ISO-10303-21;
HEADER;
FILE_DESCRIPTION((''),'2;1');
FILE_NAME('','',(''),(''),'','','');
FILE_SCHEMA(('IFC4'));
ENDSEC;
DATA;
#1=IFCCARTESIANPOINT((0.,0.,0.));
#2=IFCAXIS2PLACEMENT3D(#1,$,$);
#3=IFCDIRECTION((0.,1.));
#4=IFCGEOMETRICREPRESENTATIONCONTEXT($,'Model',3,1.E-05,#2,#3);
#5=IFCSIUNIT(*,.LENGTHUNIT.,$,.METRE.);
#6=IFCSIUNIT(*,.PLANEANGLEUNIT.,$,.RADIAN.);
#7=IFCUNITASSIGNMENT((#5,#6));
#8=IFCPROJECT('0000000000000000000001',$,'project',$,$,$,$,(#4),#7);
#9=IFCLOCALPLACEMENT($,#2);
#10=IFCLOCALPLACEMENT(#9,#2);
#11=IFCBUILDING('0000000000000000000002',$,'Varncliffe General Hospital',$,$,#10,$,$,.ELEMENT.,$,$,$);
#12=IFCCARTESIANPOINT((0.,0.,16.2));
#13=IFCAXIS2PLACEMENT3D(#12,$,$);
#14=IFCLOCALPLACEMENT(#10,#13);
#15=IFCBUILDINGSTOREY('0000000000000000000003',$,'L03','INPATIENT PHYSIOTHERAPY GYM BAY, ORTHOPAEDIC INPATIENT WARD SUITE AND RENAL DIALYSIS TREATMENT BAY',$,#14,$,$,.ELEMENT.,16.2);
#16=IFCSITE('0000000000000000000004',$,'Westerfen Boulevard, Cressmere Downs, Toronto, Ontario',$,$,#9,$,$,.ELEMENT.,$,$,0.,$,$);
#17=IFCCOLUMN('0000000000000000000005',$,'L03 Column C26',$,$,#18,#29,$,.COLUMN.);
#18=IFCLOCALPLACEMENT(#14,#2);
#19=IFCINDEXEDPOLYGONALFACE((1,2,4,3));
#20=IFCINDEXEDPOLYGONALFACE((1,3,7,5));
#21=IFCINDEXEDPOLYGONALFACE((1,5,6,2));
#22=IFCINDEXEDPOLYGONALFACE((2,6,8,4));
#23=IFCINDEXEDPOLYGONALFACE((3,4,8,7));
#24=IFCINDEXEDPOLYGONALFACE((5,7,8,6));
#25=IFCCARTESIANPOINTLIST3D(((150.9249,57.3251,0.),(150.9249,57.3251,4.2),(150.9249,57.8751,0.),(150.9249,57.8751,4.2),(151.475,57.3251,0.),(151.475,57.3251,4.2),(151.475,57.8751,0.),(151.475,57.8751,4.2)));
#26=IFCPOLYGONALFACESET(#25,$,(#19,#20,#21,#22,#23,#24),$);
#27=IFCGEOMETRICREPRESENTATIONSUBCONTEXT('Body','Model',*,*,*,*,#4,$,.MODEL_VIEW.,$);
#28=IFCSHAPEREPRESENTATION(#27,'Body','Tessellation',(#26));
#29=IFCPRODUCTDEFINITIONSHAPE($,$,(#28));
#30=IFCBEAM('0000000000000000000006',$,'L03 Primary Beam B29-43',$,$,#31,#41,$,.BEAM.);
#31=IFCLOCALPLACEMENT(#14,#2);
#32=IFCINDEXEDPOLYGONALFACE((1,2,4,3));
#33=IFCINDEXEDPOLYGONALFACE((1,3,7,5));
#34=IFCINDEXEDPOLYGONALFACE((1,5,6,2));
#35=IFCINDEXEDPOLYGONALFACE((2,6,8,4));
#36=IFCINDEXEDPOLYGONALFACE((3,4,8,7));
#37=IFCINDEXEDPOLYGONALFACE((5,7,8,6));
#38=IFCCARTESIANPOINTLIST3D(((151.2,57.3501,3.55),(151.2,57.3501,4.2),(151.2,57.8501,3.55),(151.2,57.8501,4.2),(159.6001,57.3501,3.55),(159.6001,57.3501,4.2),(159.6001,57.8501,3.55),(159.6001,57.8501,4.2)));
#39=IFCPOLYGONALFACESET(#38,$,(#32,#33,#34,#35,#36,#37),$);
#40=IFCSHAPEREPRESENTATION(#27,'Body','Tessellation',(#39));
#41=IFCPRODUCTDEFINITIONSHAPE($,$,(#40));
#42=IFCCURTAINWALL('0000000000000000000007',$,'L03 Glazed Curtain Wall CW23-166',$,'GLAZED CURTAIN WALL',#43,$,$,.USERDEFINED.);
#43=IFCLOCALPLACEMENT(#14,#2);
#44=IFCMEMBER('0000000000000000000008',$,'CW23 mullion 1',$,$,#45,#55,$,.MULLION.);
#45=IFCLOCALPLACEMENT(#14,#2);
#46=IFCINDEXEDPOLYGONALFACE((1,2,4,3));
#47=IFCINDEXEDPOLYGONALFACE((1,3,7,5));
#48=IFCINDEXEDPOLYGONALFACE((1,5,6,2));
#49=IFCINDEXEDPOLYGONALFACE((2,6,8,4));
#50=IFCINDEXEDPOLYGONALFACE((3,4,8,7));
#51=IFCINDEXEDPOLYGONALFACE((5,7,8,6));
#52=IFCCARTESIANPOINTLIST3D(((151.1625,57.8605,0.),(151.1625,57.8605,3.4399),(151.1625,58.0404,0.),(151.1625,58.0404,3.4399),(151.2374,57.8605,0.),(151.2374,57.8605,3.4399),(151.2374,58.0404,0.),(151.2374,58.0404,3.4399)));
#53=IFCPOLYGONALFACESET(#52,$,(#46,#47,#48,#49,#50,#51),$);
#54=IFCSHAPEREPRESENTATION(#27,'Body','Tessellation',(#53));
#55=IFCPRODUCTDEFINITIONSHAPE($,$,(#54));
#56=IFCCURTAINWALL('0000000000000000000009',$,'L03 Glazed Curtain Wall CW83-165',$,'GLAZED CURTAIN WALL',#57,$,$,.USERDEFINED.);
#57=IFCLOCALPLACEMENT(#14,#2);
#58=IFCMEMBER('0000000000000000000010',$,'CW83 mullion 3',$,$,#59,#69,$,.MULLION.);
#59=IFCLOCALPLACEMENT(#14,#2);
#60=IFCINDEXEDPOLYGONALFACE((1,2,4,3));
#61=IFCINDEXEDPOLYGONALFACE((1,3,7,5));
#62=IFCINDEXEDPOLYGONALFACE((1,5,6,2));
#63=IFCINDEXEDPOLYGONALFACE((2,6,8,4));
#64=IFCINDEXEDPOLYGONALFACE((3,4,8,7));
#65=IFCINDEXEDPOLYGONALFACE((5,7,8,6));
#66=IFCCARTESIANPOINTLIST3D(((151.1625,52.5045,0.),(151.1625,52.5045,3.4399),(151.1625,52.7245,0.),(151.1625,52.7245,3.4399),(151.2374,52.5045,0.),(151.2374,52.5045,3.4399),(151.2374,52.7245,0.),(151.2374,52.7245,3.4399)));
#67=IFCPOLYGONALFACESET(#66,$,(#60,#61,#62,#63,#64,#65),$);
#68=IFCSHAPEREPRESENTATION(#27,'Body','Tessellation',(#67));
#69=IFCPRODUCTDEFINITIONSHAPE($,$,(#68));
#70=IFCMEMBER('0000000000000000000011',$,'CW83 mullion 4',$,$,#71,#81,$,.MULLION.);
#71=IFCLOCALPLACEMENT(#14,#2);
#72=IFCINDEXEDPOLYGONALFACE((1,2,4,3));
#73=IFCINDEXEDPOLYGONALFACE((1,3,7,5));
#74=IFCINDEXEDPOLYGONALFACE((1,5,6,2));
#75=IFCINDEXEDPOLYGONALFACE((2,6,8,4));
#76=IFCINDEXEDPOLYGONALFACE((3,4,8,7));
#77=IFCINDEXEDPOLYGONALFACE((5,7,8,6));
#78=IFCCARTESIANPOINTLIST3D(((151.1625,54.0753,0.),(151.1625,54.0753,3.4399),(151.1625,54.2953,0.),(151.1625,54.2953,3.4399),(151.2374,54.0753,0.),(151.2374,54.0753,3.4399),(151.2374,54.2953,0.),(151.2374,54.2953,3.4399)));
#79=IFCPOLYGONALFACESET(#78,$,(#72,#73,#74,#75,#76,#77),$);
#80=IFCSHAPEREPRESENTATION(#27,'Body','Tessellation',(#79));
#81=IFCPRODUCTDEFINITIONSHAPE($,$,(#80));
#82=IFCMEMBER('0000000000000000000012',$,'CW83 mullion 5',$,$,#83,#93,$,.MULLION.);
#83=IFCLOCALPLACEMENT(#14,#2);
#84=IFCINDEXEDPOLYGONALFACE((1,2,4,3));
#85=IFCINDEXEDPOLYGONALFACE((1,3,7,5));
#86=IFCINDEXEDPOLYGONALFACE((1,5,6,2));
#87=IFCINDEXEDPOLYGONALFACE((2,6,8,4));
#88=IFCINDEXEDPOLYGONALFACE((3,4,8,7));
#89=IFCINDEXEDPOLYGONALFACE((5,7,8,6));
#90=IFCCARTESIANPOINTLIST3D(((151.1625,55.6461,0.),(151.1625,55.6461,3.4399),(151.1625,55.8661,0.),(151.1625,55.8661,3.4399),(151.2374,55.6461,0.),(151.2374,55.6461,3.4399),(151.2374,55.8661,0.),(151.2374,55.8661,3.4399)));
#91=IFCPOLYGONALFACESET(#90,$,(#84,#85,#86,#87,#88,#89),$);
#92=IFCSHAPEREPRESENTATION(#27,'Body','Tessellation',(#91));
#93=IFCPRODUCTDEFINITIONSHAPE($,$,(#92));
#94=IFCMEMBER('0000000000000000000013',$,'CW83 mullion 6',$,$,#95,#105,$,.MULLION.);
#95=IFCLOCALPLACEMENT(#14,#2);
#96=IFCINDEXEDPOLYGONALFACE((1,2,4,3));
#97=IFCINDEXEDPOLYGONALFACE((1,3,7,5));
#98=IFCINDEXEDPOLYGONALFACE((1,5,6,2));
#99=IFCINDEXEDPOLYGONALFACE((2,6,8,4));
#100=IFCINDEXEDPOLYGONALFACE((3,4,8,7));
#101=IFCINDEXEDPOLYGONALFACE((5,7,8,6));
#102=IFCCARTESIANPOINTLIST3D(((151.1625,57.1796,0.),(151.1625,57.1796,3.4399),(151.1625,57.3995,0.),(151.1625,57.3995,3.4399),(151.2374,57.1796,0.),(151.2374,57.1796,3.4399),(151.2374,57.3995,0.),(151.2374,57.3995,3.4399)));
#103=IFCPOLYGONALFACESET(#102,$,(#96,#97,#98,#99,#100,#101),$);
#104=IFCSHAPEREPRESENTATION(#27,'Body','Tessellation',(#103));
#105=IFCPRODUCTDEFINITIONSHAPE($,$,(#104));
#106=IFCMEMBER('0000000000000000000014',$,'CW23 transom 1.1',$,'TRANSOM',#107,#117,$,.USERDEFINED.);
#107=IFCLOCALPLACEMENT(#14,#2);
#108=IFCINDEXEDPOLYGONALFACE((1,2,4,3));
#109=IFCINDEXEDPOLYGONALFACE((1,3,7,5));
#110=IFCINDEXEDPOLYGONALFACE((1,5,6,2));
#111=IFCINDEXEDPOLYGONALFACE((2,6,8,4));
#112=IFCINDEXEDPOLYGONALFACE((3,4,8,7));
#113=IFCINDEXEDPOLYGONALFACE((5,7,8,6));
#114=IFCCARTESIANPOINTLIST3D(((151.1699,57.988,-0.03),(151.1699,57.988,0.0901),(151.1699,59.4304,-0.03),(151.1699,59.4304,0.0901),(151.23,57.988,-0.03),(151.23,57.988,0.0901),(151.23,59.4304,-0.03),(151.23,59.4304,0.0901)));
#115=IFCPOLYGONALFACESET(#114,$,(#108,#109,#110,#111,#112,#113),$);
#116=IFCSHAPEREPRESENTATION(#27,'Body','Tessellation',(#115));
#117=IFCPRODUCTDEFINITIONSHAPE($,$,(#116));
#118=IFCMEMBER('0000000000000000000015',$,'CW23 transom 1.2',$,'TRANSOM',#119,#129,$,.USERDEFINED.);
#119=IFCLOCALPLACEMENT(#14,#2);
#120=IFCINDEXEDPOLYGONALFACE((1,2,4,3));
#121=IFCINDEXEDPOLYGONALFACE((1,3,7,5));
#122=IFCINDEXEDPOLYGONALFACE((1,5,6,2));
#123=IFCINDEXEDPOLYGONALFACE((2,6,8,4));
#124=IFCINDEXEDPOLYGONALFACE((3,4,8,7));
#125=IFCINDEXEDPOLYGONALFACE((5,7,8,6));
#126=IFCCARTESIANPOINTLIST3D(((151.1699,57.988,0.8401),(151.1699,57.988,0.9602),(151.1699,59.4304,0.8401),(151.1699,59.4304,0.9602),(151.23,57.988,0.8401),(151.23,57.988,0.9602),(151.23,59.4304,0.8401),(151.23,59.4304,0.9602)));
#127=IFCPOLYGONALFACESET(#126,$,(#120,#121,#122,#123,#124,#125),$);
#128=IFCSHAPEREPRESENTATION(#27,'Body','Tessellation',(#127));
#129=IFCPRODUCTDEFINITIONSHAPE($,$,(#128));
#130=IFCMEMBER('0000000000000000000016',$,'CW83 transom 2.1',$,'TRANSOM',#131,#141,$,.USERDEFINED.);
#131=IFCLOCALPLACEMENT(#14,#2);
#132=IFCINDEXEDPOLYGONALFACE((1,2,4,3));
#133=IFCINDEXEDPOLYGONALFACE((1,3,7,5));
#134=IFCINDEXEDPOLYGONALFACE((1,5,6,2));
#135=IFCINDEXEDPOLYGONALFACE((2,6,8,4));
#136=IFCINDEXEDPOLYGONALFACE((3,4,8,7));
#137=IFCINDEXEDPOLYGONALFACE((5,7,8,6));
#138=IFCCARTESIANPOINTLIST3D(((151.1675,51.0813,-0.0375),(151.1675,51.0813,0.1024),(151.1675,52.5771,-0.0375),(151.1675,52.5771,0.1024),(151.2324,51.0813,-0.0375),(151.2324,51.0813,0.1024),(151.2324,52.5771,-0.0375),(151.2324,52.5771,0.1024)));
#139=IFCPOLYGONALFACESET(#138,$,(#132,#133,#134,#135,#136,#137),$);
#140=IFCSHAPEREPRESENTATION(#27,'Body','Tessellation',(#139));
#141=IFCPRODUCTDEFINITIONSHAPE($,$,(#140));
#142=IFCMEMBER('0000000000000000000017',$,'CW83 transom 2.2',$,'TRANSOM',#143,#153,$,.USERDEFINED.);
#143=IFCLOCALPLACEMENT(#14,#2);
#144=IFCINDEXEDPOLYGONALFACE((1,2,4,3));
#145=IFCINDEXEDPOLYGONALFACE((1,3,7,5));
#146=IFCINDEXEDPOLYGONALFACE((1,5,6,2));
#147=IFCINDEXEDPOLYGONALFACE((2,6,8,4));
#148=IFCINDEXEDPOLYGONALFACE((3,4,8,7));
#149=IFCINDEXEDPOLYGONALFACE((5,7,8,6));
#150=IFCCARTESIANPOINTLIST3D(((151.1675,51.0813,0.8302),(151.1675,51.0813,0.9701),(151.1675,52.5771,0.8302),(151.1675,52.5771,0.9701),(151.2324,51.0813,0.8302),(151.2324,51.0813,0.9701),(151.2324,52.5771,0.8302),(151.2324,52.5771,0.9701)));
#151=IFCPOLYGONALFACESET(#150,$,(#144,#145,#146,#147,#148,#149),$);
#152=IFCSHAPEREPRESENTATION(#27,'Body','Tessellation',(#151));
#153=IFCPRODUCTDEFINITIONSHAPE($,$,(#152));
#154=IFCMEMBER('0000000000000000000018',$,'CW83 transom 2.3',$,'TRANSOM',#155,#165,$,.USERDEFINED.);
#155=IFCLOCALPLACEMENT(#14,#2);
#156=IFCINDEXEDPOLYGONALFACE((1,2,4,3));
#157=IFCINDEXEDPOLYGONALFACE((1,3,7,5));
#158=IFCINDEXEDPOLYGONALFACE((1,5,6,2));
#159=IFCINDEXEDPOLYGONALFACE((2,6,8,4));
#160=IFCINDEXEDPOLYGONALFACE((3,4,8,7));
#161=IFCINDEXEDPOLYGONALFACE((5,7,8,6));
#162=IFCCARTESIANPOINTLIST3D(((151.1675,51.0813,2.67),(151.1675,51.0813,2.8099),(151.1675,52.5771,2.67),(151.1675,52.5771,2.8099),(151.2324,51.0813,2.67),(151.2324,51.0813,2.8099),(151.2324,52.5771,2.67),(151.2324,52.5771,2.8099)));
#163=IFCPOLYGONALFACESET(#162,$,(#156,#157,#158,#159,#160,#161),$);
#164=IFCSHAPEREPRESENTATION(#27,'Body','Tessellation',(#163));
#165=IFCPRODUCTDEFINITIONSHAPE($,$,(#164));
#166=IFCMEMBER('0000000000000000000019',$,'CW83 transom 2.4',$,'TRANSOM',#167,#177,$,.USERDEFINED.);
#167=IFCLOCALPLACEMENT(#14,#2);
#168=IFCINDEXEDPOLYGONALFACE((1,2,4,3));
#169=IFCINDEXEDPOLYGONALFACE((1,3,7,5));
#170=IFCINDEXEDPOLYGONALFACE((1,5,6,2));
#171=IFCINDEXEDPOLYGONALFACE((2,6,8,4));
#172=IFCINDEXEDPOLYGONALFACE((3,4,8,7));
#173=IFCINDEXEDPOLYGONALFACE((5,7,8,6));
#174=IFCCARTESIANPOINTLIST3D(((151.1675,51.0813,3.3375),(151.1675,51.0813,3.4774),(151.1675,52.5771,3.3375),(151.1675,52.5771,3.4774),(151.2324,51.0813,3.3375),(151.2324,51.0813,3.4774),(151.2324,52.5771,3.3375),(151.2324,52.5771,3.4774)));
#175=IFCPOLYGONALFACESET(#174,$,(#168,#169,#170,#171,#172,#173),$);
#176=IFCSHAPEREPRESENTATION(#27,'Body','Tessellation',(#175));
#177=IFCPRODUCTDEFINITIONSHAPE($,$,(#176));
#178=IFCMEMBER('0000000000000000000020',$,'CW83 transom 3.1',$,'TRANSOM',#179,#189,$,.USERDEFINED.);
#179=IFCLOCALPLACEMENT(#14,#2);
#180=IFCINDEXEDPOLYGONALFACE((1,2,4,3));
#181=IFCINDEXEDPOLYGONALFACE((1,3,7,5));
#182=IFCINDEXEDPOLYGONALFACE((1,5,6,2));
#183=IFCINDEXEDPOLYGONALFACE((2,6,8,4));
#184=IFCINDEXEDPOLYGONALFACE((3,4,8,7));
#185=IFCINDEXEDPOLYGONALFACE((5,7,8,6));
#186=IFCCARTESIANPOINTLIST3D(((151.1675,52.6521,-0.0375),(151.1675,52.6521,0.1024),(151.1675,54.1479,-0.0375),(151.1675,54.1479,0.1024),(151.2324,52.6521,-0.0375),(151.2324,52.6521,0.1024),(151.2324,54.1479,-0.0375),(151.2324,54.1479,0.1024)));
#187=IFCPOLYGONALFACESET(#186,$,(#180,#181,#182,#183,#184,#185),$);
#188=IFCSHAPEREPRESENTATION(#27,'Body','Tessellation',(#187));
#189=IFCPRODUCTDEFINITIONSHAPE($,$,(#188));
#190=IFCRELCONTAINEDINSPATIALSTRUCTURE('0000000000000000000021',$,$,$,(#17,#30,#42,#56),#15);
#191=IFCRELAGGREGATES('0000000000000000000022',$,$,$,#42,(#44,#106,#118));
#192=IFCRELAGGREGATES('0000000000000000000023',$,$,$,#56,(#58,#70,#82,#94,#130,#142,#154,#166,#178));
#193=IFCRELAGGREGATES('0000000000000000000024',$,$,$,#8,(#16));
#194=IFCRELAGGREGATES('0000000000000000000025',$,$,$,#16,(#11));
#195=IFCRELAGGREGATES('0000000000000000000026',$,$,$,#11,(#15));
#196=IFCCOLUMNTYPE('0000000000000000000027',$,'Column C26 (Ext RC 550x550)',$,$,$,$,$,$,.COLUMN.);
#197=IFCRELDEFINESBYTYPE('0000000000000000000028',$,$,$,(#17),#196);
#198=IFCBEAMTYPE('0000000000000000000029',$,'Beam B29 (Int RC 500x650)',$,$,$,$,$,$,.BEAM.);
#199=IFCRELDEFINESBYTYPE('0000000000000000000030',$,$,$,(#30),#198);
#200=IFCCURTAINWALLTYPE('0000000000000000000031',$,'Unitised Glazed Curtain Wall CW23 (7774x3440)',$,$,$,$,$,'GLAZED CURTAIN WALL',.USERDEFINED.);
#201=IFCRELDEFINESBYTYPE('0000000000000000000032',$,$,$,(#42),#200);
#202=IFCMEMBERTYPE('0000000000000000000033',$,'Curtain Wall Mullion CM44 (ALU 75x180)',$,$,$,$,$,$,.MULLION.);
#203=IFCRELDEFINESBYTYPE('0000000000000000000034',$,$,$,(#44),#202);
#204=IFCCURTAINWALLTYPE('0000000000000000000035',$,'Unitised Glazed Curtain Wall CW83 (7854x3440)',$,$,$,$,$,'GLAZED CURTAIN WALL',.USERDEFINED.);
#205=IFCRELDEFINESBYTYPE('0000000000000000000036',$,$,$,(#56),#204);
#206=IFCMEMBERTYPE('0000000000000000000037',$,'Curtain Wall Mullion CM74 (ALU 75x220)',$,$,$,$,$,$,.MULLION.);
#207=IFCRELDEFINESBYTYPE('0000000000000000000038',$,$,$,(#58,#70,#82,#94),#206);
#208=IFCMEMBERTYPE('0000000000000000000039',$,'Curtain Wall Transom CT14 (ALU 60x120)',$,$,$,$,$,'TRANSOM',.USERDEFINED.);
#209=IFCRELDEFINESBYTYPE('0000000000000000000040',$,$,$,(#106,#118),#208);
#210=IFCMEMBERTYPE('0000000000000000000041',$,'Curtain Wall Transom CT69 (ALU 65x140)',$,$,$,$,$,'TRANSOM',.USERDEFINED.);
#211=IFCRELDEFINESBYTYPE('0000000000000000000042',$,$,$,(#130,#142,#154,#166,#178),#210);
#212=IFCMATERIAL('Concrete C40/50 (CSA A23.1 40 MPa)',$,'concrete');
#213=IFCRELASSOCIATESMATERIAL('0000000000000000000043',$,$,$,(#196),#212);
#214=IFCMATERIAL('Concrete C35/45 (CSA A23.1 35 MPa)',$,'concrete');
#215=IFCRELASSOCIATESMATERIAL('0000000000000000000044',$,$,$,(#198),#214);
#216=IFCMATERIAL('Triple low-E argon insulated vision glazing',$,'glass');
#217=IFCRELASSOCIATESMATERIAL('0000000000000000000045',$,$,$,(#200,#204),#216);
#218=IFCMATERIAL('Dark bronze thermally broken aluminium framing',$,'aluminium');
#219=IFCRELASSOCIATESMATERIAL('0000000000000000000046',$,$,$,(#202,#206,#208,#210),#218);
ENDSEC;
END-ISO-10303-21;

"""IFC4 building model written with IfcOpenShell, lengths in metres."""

from ifc_helpers import new_model, si_unit, direction, frame, origin, origin_2d, place, context, subcontext, project, spatial, rectangle, extrude, material, material_profile, profile_set, type_object, element, aggregate, save


model = new_model("IFC4")

# Units and contexts
model_context = context("Model", 3, precision=1e-05, world=origin(), true_north=direction((0.0, 1.0)))
body_context = subcontext(model_context, "Body", "Model", "MODEL_VIEW")
ifc_project = project(units=[si_unit("LENGTHUNIT", "METRE"), si_unit("PLANEANGLEUNIT", "RADIAN")], contexts=[model_context])

# Site, building, storey
site_placement = place(None, origin())
site = spatial("IfcSite", under=ifc_project, at=site_placement, Name="Westerfen Boulevard, Cressmere Downs, Toronto, Ontario", CompositionType="ELEMENT", RefElevation=0.0)
building_placement = place(site_placement, origin())
building = spatial("IfcBuilding", under=site, at=building_placement, Name="Varncliffe General Hospital", CompositionType="ELEMENT")
storey_placement = place(building_placement, frame((0.0, 0.0, 16.2)))
storey = spatial("IfcBuildingStorey", under=building, at=storey_placement, Name="L03", Description="INPATIENT PHYSIOTHERAPY GYM BAY, ORTHOPAEDIC INPATIENT WARD SUITE AND RENAL DIALYSIS TREATMENT BAY", CompositionType="ELEMENT", Elevation=16.2)

# Column
ifc_material_1 = material(Name="Concrete C40/50 (CSA A23.1 40 MPa)", Category="concrete")
ifc_material_profile_1 = material_profile(ifc_material_1, rectangle(XDim=0.55, YDim=0.55, at=origin_2d()), Name="RC 550x550")
ifc_profile_set_1 = profile_set([ifc_material_profile_1], Name="Concrete C40/50 (CSA A23.1 40 MPa)")
column_type = type_object("IfcColumnType", Name="Column C26 (Ext RC 550x550)", PredefinedType="COLUMN", material=ifc_profile_set_1)
column_placement = place(storey_placement, frame((151.2, 57.6001, 0.0), z_axis=(0.0, 0.0, 1.0), x_axis=(1.0, 0.0, 0.0)))
element("IfcColumn", 1, at=column_placement, inside=storey, type_object=column_type, Name="L03 Column C26", PredefinedType="COLUMN", context=body_context, shape_type="SweptSolid", body=[
    extrude(rectangle(XDim=0.55, YDim=0.55, at=origin_2d()), origin(), (0.0, 0.0, 1.0), 4.2),
])

# Beam
ifc_material_2 = material(Name="Concrete C35/45 (CSA A23.1 35 MPa)", Category="concrete")
ifc_material_profile_2 = material_profile(ifc_material_2, rectangle(XDim=0.5, YDim=0.6499, at=origin_2d()), Name="RC 500x650")
ifc_profile_set_2 = profile_set([ifc_material_profile_2], Name="Concrete C35/45 (CSA A23.1 35 MPa)")
beam_type_1 = type_object("IfcBeamType", Name="Beam B29 (Int RC 500x650)", PredefinedType="BEAM", material=ifc_profile_set_2)
beam_1_placement = place(storey_placement, frame((151.2, 57.6001, 3.875), z_axis=(1.0, 0.0, 0.0), x_axis=(0.0, 1.0, 0.0)))
element("IfcBeam", 2, at=beam_1_placement, inside=storey, type_object=beam_type_1, Name="L03 Primary Beam B29-43", PredefinedType="BEAM", context=body_context, shape_type="SweptSolid", body=[
    extrude(rectangle(XDim=0.5, YDim=0.6499, at=origin_2d()), origin(), (0.0, 0.0, 1.0), 8.4001),
])

# Curtain wall, member
ifc_material_3 = material(Name="Triple low-E argon insulated vision glazing", Category="glass")
curtain_wall_type_1 = type_object("IfcCurtainWallType", Name="Unitised Glazed Curtain Wall CW23 (7774x3440)", ElementType="GLAZED CURTAIN WALL", PredefinedType="USERDEFINED", material=ifc_material_3)
curtain_wall_1_placement = place(storey_placement, origin())
curtain_wall_1 = element("IfcCurtainWall", 3, at=curtain_wall_1_placement, inside=storey, type_object=curtain_wall_type_1, Name="L03 Glazed Curtain Wall CW23-166", ObjectType="GLAZED CURTAIN WALL", PredefinedType="USERDEFINED")
ifc_material_4 = material(Name="Dark bronze thermally broken aluminium framing", Category="aluminium")
ifc_material_profile_3 = material_profile(ifc_material_4, rectangle(XDim=0.075, YDim=0.1799, at=origin_2d()), Name="ALU 75x180")
ifc_profile_set_3 = profile_set([ifc_material_profile_3], Name="Dark bronze thermally broken aluminium framing")
member_type_1 = type_object("IfcMemberType", Name="Curtain Wall Mullion CM44 (ALU 75x180)", PredefinedType="MULLION", material=ifc_profile_set_3)
member_1_placement = place(storey_placement, frame((151.2, 57.9504, 0.0), z_axis=(0.0, 0.0, 1.0), x_axis=(-1.0, 0.0, 0.0)))
member_1 = element("IfcMember", 4, at=member_1_placement, type_object=member_type_1, Name="CW23 mullion 1", PredefinedType="MULLION", context=body_context, shape_type="SweptSolid", body=[
    extrude(rectangle(XDim=0.075, YDim=0.1799, at=origin_2d()), origin(), (0.0, 0.0, 1.0), 3.4399),
])

# Curtain wall, members
curtain_wall_type_2 = type_object("IfcCurtainWallType", Name="Unitised Glazed Curtain Wall CW83 (7854x3440)", ElementType="GLAZED CURTAIN WALL", PredefinedType="USERDEFINED", material=ifc_material_3)
curtain_wall_2_placement = place(storey_placement, origin())
curtain_wall_2 = element("IfcCurtainWall", 5, at=curtain_wall_2_placement, inside=storey, type_object=curtain_wall_type_2, Name="L03 Glazed Curtain Wall CW83-165", ObjectType="GLAZED CURTAIN WALL", PredefinedType="USERDEFINED")
ifc_material_profile_4 = material_profile(ifc_material_4, rectangle(XDim=0.075, YDim=0.22, at=origin_2d()), Name="ALU 75x220")
ifc_profile_set_4 = profile_set([ifc_material_profile_4], Name="Dark bronze thermally broken aluminium framing")
member_type_2 = type_object("IfcMemberType", Name="Curtain Wall Mullion CM74 (ALU 75x220)", PredefinedType="MULLION", material=ifc_profile_set_4)
member_2_placement = place(storey_placement, frame((151.2, 52.6145, 0.0), z_axis=(0.0, 0.0, 1.0), x_axis=(-1.0, 0.0, 0.0)))
member_2 = element("IfcMember", 6, at=member_2_placement, type_object=member_type_2, Name="CW83 mullion 3", PredefinedType="MULLION", context=body_context, shape_type="SweptSolid", body=[
    extrude(rectangle(XDim=0.075, YDim=0.22, at=origin_2d()), origin(), (0.0, 0.0, 1.0), 3.4399),
])
member_3_placement = place(storey_placement, frame((151.2, 54.1853, 0.0), z_axis=(0.0, 0.0, 1.0), x_axis=(-1.0, 0.0, 0.0)))
member_3 = element("IfcMember", 7, at=member_3_placement, type_object=member_type_2, Name="CW83 mullion 4", PredefinedType="MULLION", context=body_context, shape_type="SweptSolid", body=[
    extrude(rectangle(XDim=0.075, YDim=0.22, at=origin_2d()), origin(), (0.0, 0.0, 1.0), 3.4399),
])
member_4_placement = place(storey_placement, frame((151.2, 55.7561, 0.0), z_axis=(0.0, 0.0, 1.0), x_axis=(-1.0, 0.0, 0.0)))
member_4 = element("IfcMember", 8, at=member_4_placement, type_object=member_type_2, Name="CW83 mullion 5", PredefinedType="MULLION", context=body_context, shape_type="SweptSolid", body=[
    extrude(rectangle(XDim=0.075, YDim=0.22, at=origin_2d()), origin(), (0.0, 0.0, 1.0), 3.4399),
])
member_5_placement = place(storey_placement, frame((151.2, 57.2896, 0.0), z_axis=(0.0, 0.0, 1.0), x_axis=(-1.0, 0.0, 0.0)))
member_5 = element("IfcMember", 9, at=member_5_placement, type_object=member_type_2, Name="CW83 mullion 6", PredefinedType="MULLION", context=body_context, shape_type="SweptSolid", body=[
    extrude(rectangle(XDim=0.075, YDim=0.22, at=origin_2d()), origin(), (0.0, 0.0, 1.0), 3.4399),
])

# Members
ifc_material_profile_5 = material_profile(ifc_material_4, rectangle(XDim=0.0601, YDim=0.1201, at=origin_2d()), Name="ALU 60x120")
ifc_profile_set_5 = profile_set([ifc_material_profile_5], Name="Dark bronze thermally broken aluminium framing")
member_type_3 = type_object("IfcMemberType", Name="Curtain Wall Transom CT14 (ALU 60x120)", ElementType="TRANSOM", PredefinedType="USERDEFINED", material=ifc_profile_set_5)
member_6_placement = place(storey_placement, frame((151.2, 57.988, 0.03), z_axis=(0.0, 1.0, 0.0), x_axis=(-1.0, 0.0, 0.0)))
member_6 = element("IfcMember", 10, at=member_6_placement, type_object=member_type_3, Name="CW23 transom 1.1", ObjectType="TRANSOM", PredefinedType="USERDEFINED", context=body_context, shape_type="SweptSolid", body=[
    extrude(rectangle(XDim=0.0601, YDim=0.1201, at=origin_2d()), origin(), (0.0, 0.0, 1.0), 1.4424),
])
member_7_placement = place(storey_placement, frame((151.2, 57.988, 0.9001), z_axis=(0.0, 1.0, 0.0), x_axis=(-1.0, 0.0, 0.0)))
member_7 = element("IfcMember", 11, at=member_7_placement, type_object=member_type_3, Name="CW23 transom 1.2", ObjectType="TRANSOM", PredefinedType="USERDEFINED", context=body_context, shape_type="SweptSolid", body=[
    extrude(rectangle(XDim=0.0601, YDim=0.1201, at=origin_2d()), origin(), (0.0, 0.0, 1.0), 1.4424),
])
aggregate(curtain_wall_1, [member_1, member_6, member_7])
ifc_material_profile_6 = material_profile(ifc_material_4, rectangle(XDim=0.0649, YDim=0.1399, at=origin_2d()), Name="ALU 65x140")
ifc_profile_set_6 = profile_set([ifc_material_profile_6], Name="Dark bronze thermally broken aluminium framing")
member_type_4 = type_object("IfcMemberType", Name="Curtain Wall Transom CT69 (ALU 65x140)", ElementType="TRANSOM", PredefinedType="USERDEFINED", material=ifc_profile_set_6)
member_8_placement = place(storey_placement, frame((151.2, 51.0813, 0.0325), z_axis=(0.0, 1.0, 0.0), x_axis=(-1.0, 0.0, 0.0)))
member_8 = element("IfcMember", 12, at=member_8_placement, type_object=member_type_4, Name="CW83 transom 2.1", ObjectType="TRANSOM", PredefinedType="USERDEFINED", context=body_context, shape_type="SweptSolid", body=[
    extrude(rectangle(XDim=0.0649, YDim=0.1399, at=origin_2d()), origin(), (0.0, 0.0, 1.0), 1.4958),
])
member_9_placement = place(storey_placement, frame((151.2, 51.0813, 0.9001), z_axis=(0.0, 1.0, 0.0), x_axis=(-1.0, 0.0, 0.0)))
member_9 = element("IfcMember", 13, at=member_9_placement, type_object=member_type_4, Name="CW83 transom 2.2", ObjectType="TRANSOM", PredefinedType="USERDEFINED", context=body_context, shape_type="SweptSolid", body=[
    extrude(rectangle(XDim=0.0649, YDim=0.1399, at=origin_2d()), origin(), (0.0, 0.0, 1.0), 1.4958),
])
member_10_placement = place(storey_placement, frame((151.2, 51.0813, 2.74), z_axis=(0.0, 1.0, 0.0), x_axis=(-1.0, 0.0, 0.0)))
member_10 = element("IfcMember", 14, at=member_10_placement, type_object=member_type_4, Name="CW83 transom 2.3", ObjectType="TRANSOM", PredefinedType="USERDEFINED", context=body_context, shape_type="SweptSolid", body=[
    extrude(rectangle(XDim=0.0649, YDim=0.1399, at=origin_2d()), origin(), (0.0, 0.0, 1.0), 1.4958),
])
member_11_placement = place(storey_placement, frame((151.2, 51.0813, 3.4075), z_axis=(0.0, 1.0, 0.0), x_axis=(-1.0, 0.0, 0.0)))
member_11 = element("IfcMember", 15, at=member_11_placement, type_object=member_type_4, Name="CW83 transom 2.4", ObjectType="TRANSOM", PredefinedType="USERDEFINED", context=body_context, shape_type="SweptSolid", body=[
    extrude(rectangle(XDim=0.0649, YDim=0.1399, at=origin_2d()), origin(), (0.0, 0.0, 1.0), 1.4958),
])
member_12_placement = place(storey_placement, frame((151.2, 52.6521, 0.0325), z_axis=(0.0, 1.0, 0.0), x_axis=(-1.0, 0.0, 0.0)))
member_12 = element("IfcMember", 16, at=member_12_placement, type_object=member_type_4, Name="CW83 transom 3.1", ObjectType="TRANSOM", PredefinedType="USERDEFINED", context=body_context, shape_type="SweptSolid", body=[
    extrude(rectangle(XDim=0.0649, YDim=0.1399, at=origin_2d()), origin(), (0.0, 0.0, 1.0), 1.4958),
])

aggregate(curtain_wall_2, [member_2, member_3, member_4, member_5, member_8, member_9, member_10, member_11, member_12])

save(model, "model.ifc")
